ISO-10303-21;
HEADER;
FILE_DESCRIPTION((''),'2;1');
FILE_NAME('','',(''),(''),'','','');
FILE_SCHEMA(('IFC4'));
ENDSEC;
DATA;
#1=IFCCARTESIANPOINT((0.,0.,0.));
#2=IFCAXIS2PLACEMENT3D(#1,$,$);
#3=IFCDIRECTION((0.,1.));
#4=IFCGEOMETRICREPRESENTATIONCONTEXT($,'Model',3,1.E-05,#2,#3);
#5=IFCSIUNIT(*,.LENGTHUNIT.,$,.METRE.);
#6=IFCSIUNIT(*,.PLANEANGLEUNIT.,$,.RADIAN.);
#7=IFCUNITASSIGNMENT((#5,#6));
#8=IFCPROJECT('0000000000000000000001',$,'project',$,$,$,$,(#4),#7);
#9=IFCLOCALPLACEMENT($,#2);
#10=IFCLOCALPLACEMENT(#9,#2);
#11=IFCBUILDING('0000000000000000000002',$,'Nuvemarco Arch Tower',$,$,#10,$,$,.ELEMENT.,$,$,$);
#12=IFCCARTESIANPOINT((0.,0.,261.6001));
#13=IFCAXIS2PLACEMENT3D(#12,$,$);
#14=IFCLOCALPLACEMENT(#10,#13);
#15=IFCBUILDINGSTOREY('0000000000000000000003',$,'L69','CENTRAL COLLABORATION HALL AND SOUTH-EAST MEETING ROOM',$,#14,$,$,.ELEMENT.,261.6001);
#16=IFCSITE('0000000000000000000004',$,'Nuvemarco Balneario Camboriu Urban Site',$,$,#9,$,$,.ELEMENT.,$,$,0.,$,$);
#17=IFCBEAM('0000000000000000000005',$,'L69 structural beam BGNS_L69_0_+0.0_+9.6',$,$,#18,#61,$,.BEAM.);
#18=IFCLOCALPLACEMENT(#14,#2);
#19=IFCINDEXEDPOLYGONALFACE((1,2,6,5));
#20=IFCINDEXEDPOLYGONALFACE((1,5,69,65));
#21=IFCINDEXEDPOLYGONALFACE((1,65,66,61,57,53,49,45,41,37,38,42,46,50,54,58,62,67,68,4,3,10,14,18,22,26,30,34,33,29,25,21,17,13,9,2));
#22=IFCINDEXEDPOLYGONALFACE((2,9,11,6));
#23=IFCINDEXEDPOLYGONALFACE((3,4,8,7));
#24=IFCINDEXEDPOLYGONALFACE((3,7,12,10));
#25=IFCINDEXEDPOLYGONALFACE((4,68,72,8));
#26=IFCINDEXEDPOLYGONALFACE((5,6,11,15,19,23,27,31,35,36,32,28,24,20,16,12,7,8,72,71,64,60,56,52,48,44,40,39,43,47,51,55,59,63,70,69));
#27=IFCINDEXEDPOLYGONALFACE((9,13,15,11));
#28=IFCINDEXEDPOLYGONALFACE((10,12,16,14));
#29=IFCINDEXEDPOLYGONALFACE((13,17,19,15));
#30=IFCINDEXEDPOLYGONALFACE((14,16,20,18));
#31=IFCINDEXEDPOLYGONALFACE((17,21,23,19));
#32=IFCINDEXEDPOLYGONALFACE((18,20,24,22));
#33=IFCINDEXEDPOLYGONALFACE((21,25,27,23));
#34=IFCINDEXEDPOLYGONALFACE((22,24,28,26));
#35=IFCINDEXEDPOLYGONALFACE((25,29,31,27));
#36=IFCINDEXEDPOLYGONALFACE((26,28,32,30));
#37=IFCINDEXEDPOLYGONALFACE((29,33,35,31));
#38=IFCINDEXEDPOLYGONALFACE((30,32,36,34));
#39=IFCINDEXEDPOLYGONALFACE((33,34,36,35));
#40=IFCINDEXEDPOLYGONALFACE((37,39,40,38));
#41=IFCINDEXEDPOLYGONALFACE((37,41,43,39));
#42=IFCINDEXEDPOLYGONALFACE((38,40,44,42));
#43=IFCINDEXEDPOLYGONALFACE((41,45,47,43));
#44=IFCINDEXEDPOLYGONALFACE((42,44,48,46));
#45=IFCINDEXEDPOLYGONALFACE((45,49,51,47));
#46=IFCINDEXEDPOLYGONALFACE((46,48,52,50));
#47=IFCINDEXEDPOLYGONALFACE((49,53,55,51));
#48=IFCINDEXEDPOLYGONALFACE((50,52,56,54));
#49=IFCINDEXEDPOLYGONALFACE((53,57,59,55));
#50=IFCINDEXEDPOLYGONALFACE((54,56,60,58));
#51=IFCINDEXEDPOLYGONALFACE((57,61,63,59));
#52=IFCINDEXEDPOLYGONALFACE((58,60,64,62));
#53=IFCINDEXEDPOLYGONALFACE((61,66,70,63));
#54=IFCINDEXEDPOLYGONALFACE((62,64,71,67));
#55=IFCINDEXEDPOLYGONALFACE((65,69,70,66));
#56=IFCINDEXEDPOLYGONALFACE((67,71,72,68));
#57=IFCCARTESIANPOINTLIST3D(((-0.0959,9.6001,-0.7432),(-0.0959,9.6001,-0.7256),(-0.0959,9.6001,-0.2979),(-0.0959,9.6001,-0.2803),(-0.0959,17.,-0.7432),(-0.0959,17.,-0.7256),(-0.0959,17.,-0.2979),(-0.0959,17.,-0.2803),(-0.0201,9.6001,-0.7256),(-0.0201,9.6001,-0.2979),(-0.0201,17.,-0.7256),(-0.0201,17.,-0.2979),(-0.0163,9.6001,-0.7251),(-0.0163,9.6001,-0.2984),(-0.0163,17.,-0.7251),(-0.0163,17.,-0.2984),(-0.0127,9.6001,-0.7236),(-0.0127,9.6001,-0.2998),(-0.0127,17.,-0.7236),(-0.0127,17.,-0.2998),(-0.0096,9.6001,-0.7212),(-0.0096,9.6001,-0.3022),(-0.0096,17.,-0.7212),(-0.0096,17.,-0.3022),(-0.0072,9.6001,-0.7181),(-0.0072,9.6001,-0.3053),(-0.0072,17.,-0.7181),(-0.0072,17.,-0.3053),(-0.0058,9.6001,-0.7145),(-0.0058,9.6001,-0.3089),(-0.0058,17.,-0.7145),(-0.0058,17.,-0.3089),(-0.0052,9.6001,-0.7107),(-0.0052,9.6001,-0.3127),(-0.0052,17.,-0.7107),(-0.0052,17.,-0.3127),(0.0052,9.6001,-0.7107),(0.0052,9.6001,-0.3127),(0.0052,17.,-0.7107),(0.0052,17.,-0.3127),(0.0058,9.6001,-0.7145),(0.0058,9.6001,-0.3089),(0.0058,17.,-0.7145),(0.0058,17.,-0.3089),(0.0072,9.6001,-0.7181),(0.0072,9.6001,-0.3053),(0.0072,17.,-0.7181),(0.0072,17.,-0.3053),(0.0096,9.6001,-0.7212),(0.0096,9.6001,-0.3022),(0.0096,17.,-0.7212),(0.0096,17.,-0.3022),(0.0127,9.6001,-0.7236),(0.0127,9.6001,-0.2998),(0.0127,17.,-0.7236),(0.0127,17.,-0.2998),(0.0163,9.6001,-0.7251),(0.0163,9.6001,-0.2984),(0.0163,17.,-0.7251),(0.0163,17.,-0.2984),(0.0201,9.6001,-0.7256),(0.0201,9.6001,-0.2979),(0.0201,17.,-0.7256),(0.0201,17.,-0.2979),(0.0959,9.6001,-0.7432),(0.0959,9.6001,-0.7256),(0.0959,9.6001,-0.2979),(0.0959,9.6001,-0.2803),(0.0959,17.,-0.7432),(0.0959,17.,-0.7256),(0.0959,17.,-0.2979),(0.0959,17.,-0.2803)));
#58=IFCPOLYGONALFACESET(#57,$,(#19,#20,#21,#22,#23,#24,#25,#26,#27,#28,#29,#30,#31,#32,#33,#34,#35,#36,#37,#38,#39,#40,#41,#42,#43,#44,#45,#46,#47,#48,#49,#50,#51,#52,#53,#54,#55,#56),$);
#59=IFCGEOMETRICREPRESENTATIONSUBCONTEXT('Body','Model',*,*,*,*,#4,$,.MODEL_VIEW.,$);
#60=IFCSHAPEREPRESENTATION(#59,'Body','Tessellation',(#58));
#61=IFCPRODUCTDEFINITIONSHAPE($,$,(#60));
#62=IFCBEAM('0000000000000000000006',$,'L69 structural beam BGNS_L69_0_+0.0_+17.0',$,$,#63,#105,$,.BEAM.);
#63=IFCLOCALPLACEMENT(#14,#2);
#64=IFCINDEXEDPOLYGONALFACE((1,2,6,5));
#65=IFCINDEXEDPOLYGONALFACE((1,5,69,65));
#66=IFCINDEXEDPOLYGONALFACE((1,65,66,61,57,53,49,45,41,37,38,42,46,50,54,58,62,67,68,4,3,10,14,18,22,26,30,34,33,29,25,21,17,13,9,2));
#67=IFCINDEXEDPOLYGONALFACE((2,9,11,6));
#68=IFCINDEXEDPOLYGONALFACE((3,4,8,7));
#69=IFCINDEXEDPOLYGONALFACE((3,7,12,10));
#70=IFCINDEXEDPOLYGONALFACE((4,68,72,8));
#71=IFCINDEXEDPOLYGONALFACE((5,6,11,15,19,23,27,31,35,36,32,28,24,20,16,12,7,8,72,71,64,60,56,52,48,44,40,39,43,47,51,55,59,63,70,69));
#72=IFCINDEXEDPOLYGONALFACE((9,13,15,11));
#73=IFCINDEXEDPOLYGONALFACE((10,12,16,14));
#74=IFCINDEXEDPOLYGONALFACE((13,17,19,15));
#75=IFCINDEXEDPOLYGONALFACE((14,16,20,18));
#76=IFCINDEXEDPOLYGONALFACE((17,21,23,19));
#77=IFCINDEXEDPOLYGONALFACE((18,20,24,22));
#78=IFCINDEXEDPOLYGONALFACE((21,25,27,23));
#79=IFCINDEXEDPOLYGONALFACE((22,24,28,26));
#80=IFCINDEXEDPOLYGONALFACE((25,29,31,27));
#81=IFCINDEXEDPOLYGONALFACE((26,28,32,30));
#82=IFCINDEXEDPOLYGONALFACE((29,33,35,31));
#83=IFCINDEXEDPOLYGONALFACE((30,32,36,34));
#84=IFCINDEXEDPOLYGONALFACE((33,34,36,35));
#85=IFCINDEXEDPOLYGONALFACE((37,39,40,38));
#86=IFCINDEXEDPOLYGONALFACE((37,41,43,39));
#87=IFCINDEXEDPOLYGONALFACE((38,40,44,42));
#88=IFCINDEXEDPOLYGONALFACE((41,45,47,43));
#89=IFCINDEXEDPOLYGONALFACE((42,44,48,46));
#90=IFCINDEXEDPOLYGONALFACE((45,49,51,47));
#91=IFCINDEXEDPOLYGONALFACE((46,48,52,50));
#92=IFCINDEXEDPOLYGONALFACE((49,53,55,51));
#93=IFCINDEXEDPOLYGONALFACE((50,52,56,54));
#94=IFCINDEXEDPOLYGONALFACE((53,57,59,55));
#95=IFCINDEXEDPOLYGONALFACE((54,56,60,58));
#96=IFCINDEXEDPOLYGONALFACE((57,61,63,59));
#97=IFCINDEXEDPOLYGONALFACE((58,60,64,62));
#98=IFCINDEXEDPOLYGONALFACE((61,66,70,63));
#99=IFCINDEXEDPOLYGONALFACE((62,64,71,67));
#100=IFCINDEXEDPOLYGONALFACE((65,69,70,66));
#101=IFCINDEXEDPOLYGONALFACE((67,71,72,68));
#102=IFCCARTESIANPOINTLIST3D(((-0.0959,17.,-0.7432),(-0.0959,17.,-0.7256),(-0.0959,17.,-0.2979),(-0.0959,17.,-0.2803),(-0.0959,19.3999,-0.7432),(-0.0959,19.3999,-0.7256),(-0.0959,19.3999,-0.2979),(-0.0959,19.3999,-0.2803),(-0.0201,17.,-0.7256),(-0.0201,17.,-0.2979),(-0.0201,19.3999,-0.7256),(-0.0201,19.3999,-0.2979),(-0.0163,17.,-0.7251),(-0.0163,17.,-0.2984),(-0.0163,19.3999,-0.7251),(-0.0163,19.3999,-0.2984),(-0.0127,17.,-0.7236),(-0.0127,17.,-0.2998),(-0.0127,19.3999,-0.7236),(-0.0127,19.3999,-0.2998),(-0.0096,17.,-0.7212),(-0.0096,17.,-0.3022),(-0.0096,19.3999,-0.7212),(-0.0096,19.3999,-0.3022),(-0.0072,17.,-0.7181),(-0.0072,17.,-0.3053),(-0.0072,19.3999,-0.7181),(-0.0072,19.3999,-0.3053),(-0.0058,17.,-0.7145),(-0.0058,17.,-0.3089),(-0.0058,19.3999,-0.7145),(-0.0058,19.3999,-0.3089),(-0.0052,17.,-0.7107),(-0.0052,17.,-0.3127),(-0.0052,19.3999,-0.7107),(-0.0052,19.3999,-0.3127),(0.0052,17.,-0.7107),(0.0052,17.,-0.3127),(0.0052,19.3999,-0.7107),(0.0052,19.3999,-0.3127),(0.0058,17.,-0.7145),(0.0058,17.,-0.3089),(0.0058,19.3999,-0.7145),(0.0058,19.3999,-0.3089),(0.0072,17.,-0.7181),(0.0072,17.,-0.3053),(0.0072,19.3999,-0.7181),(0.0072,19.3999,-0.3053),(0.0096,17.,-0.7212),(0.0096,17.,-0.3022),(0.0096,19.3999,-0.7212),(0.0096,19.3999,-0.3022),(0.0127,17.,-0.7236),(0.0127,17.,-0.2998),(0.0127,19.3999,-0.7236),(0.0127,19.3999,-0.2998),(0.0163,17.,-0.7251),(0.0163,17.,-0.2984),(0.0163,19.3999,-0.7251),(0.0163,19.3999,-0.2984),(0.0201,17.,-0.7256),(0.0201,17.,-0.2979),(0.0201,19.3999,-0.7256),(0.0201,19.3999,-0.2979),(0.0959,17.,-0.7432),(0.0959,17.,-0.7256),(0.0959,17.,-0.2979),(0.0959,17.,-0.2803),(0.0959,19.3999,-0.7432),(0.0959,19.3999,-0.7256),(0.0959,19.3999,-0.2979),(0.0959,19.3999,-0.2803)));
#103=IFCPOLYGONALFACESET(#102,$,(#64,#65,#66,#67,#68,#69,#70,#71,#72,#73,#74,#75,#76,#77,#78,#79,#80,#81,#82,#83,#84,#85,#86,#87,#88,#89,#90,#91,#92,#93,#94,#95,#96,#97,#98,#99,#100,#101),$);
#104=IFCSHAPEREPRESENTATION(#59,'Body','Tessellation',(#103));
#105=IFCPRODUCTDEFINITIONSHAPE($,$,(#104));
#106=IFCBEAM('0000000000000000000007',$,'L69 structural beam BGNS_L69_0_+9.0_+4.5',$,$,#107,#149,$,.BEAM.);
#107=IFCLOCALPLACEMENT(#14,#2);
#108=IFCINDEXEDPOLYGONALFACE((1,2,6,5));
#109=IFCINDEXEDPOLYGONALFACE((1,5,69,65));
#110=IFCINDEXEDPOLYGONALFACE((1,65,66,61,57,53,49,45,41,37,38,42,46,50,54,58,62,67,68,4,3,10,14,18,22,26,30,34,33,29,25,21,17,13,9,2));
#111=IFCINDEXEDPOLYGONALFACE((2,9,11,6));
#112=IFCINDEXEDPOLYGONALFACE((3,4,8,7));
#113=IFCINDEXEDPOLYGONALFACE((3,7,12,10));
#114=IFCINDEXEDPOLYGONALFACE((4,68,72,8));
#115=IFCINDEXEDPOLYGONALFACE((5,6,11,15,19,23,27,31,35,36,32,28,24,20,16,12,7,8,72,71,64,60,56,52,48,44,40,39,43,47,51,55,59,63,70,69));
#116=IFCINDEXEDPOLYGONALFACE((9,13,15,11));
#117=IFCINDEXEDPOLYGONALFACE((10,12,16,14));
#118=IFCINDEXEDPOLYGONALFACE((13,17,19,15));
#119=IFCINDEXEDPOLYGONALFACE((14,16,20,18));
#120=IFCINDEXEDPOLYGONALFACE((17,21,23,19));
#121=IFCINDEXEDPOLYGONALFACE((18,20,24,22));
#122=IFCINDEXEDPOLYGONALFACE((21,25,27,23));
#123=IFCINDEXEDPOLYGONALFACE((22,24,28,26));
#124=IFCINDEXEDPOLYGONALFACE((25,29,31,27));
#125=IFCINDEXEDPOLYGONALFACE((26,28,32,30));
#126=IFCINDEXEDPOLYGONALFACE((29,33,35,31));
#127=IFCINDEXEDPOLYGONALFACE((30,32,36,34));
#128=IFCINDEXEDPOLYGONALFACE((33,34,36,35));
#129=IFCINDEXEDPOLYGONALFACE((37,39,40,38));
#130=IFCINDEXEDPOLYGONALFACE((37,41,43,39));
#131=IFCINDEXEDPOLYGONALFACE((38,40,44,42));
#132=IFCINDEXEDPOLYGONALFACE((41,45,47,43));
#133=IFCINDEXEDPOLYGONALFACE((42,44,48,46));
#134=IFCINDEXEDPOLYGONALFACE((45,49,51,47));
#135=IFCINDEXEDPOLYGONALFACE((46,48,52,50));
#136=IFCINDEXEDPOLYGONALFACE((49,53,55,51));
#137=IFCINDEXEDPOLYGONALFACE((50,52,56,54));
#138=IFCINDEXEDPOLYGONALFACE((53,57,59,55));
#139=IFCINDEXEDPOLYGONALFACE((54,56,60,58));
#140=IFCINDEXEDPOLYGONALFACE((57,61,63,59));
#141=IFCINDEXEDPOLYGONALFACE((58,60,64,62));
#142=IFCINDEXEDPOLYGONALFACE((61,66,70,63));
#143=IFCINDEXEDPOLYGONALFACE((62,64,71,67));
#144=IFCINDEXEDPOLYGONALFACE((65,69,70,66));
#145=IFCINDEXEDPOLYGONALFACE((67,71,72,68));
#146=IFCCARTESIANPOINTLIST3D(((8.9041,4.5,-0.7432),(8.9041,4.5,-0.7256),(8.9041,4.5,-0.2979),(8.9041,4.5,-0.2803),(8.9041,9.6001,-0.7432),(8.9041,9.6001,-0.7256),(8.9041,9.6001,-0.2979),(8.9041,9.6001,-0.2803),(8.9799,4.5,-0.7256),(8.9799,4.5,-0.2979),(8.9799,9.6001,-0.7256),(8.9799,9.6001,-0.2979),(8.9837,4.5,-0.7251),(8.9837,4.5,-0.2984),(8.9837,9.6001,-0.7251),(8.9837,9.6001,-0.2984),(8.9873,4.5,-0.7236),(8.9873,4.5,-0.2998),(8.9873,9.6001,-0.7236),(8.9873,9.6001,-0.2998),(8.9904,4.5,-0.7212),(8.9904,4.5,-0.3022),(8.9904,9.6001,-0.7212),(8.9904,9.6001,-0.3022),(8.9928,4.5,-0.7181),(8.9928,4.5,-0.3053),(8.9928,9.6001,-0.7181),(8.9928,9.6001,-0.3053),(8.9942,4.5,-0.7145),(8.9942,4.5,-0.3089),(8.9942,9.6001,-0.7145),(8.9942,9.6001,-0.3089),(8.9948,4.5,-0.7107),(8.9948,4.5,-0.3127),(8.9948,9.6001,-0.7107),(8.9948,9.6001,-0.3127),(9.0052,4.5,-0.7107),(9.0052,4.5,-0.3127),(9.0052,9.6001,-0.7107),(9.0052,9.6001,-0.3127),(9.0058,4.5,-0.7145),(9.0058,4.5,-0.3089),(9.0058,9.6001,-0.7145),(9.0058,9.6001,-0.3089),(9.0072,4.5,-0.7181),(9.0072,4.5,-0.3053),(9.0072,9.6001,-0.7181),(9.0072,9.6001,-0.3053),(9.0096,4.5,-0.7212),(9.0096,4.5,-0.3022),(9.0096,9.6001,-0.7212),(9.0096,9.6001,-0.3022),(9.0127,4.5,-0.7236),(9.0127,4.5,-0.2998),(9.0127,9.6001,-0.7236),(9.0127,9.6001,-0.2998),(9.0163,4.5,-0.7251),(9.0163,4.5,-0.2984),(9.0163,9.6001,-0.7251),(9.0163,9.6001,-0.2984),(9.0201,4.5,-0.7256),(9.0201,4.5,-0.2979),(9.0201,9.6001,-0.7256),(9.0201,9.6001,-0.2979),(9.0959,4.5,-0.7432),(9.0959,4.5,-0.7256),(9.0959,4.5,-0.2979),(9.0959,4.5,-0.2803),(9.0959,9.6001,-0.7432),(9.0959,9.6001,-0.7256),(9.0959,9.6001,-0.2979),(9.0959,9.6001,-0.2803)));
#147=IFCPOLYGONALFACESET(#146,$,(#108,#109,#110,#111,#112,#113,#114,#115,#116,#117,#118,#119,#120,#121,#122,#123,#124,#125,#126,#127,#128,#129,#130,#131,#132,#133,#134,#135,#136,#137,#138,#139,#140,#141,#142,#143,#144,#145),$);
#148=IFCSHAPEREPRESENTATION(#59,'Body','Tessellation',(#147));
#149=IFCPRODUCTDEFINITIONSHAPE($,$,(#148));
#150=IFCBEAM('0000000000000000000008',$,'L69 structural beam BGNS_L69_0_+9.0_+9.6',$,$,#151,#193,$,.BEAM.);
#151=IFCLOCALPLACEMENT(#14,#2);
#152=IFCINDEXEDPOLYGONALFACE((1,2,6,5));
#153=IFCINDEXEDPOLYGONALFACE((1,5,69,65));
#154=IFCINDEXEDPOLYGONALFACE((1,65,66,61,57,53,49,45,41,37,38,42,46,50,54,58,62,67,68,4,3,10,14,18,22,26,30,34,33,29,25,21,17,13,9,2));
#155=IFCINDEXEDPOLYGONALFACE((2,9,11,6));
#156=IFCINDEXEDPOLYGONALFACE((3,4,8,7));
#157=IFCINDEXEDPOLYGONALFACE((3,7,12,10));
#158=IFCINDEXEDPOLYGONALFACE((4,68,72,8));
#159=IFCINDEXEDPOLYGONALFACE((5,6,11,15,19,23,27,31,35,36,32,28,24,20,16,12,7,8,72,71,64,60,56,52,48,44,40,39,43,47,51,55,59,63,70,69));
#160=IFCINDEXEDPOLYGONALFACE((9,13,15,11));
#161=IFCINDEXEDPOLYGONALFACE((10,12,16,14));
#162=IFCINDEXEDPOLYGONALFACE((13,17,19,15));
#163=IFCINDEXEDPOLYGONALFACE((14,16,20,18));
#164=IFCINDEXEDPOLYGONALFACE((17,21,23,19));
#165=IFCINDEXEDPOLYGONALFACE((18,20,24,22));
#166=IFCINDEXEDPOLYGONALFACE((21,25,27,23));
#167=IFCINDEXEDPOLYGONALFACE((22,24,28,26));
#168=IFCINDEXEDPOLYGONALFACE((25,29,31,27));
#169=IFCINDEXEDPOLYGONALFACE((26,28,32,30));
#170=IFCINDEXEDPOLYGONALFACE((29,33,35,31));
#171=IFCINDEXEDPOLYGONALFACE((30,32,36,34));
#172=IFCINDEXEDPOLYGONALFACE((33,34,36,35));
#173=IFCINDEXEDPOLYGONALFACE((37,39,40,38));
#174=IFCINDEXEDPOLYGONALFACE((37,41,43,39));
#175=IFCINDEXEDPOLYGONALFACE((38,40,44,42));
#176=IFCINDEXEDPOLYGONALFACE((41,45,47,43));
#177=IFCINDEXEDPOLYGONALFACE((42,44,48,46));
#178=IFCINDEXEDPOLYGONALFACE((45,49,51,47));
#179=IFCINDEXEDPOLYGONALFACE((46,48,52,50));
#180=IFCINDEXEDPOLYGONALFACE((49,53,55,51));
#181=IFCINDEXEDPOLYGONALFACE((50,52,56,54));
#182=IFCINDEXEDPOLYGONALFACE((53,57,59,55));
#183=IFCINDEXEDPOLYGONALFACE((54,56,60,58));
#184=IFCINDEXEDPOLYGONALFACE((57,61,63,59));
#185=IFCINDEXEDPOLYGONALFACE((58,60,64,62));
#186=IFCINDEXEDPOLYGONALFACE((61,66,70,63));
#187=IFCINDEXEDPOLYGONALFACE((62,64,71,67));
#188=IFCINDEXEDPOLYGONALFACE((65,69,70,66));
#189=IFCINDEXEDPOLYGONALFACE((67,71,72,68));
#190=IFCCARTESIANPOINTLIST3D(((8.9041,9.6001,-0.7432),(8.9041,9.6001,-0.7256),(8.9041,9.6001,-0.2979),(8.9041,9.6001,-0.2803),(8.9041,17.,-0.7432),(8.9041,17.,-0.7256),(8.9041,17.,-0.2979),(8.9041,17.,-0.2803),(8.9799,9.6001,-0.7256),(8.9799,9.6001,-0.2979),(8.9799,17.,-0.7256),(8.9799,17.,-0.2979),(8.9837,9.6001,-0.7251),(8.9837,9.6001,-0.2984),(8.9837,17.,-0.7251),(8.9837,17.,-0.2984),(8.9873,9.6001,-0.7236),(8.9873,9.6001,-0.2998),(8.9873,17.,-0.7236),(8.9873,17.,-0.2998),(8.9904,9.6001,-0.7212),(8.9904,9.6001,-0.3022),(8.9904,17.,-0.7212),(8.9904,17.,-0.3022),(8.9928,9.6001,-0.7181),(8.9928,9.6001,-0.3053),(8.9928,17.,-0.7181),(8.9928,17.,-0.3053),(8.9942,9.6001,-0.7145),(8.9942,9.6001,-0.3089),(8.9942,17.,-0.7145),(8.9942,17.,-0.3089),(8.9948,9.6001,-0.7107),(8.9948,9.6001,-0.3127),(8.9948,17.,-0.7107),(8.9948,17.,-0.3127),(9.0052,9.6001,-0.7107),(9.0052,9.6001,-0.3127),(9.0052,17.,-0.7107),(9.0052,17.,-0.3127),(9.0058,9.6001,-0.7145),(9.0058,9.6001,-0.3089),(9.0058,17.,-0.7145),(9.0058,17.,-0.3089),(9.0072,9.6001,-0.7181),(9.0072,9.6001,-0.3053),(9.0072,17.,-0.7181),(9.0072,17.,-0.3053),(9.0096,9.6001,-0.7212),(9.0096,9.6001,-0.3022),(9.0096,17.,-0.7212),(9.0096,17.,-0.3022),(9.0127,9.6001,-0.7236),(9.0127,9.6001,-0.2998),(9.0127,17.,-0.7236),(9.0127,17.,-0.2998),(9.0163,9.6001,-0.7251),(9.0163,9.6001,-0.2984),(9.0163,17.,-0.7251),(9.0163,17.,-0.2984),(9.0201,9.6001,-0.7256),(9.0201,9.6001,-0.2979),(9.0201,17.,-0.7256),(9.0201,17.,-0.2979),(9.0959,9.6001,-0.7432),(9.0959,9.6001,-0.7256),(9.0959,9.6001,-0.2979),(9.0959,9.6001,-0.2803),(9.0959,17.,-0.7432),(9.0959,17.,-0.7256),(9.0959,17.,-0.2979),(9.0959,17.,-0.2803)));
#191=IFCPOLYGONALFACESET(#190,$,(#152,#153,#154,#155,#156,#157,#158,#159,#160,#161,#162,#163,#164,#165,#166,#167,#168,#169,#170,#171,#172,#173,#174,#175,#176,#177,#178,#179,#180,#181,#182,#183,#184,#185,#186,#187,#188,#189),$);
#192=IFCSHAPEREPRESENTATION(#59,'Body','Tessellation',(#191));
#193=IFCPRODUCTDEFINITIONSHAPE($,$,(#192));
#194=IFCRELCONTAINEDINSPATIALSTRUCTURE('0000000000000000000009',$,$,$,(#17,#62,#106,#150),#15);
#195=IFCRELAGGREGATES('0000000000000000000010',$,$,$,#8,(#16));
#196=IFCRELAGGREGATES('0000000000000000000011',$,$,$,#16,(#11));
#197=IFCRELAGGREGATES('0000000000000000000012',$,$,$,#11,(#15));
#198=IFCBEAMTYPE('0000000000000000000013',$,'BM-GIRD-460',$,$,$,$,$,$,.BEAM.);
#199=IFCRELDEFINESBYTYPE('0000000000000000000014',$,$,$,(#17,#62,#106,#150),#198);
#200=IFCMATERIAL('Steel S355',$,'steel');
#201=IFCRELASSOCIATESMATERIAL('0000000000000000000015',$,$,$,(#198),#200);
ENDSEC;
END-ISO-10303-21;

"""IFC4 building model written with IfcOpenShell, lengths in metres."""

from ifc_helpers import new_model, si_unit, direction, frame, origin, origin_2d, place, context, subcontext, project, spatial, i_section, extrude, material, material_profile, profile_set, type_object, element, save


model = new_model("IFC4")

# Units and contexts
model_context = context("Model", 3, precision=1e-05, world=origin(), true_north=direction((0.0, 1.0)))
body_context = subcontext(model_context, "Body", "Model", "MODEL_VIEW")
ifc_project = project(units=[si_unit("LENGTHUNIT", "METRE"), si_unit("PLANEANGLEUNIT", "RADIAN")], contexts=[model_context])

# Site, building, storey
site_placement = place(None, origin())
site = spatial("IfcSite", under=ifc_project, at=site_placement, Name="Nuvemarco Balneario Camboriu Urban Site", CompositionType="ELEMENT", RefElevation=0.0)
building_placement = place(site_placement, origin())
building = spatial("IfcBuilding", under=site, at=building_placement, Name="Nuvemarco Arch Tower", CompositionType="ELEMENT")
storey_placement = place(building_placement, frame((0.0, 0.0, 261.6001)))
storey = spatial("IfcBuildingStorey", under=building, at=storey_placement, Name="L69", Description="CENTRAL COLLABORATION HALL AND SOUTH-EAST MEETING ROOM", CompositionType="ELEMENT", Elevation=261.6001)

# Shared definitions
ifc_material_1 = material(Name="Steel S355", Category="steel")

# Beams
ifc_material_profile_1 = material_profile(ifc_material_1, i_section(OverallWidth=0.1919, OverallDepth=0.4629, WebThickness=0.0105, FlangeThickness=0.0176, FilletRadius=0.0149, at=origin_2d()), Name="W460x89")
ifc_profile_set_1 = profile_set([ifc_material_profile_1], Name="Steel S355")
beam_type_1 = type_object("IfcBeamType", Name="BM-GIRD-460", PredefinedType="BEAM", material=ifc_profile_set_1)
beam_1_placement = place(storey_placement, frame((0.0, 9.6001, -0.5117), z_axis=(0.0, 1.0, 0.0), x_axis=(-1.0, 0.0, 0.0)))
element("IfcBeam", 1, at=beam_1_placement, inside=storey, type_object=beam_type_1, Name="L69 structural beam BGNS_L69_0_+0.0_+9.6", PredefinedType="BEAM", context=body_context, shape_type="SweptSolid", body=[
    extrude(i_section(OverallWidth=0.1919, OverallDepth=0.4629, WebThickness=0.0105, FlangeThickness=0.0176, FilletRadius=0.0149, at=origin_2d()), origin(), (0.0, 0.0, 1.0), 7.3999),
])
beam_2_placement = place(storey_placement, frame((0.0, 17.0, -0.5117), z_axis=(0.0, 1.0, 0.0), x_axis=(-1.0, 0.0, 0.0)))
element("IfcBeam", 2, at=beam_2_placement, inside=storey, type_object=beam_type_1, Name="L69 structural beam BGNS_L69_0_+0.0_+17.0", PredefinedType="BEAM", context=body_context, shape_type="SweptSolid", body=[
    extrude(i_section(OverallWidth=0.1919, OverallDepth=0.4629, WebThickness=0.0105, FlangeThickness=0.0176, FilletRadius=0.0149, at=origin_2d()), origin(), (0.0, 0.0, 1.0), 2.3999),
])
beam_3_placement = place(storey_placement, frame((9.0, 4.5, -0.5117), z_axis=(0.0, 1.0, 0.0), x_axis=(-1.0, 0.0, 0.0)))
element("IfcBeam", 3, at=beam_3_placement, inside=storey, type_object=beam_type_1, Name="L69 structural beam BGNS_L69_0_+9.0_+4.5", PredefinedType="BEAM", context=body_context, shape_type="SweptSolid", body=[
    extrude(i_section(OverallWidth=0.1919, OverallDepth=0.4629, WebThickness=0.0105, FlangeThickness=0.0176, FilletRadius=0.0149, at=origin_2d()), origin(), (0.0, 0.0, 1.0), 5.1001),
])
beam_4_placement = place(storey_placement, frame((9.0, 9.6001, -0.5117), z_axis=(0.0, 1.0, 0.0), x_axis=(-1.0, 0.0, 0.0)))
element("IfcBeam", 4, at=beam_4_placement, inside=storey, type_object=beam_type_1, Name="L69 structural beam BGNS_L69_0_+9.0_+9.6", PredefinedType="BEAM", context=body_context, shape_type="SweptSolid", body=[
    extrude(i_section(OverallWidth=0.1919, OverallDepth=0.4629, WebThickness=0.0105, FlangeThickness=0.0176, FilletRadius=0.0149, at=origin_2d()), origin(), (0.0, 0.0, 1.0), 7.3999),
])

save(model, "model.ifc")
